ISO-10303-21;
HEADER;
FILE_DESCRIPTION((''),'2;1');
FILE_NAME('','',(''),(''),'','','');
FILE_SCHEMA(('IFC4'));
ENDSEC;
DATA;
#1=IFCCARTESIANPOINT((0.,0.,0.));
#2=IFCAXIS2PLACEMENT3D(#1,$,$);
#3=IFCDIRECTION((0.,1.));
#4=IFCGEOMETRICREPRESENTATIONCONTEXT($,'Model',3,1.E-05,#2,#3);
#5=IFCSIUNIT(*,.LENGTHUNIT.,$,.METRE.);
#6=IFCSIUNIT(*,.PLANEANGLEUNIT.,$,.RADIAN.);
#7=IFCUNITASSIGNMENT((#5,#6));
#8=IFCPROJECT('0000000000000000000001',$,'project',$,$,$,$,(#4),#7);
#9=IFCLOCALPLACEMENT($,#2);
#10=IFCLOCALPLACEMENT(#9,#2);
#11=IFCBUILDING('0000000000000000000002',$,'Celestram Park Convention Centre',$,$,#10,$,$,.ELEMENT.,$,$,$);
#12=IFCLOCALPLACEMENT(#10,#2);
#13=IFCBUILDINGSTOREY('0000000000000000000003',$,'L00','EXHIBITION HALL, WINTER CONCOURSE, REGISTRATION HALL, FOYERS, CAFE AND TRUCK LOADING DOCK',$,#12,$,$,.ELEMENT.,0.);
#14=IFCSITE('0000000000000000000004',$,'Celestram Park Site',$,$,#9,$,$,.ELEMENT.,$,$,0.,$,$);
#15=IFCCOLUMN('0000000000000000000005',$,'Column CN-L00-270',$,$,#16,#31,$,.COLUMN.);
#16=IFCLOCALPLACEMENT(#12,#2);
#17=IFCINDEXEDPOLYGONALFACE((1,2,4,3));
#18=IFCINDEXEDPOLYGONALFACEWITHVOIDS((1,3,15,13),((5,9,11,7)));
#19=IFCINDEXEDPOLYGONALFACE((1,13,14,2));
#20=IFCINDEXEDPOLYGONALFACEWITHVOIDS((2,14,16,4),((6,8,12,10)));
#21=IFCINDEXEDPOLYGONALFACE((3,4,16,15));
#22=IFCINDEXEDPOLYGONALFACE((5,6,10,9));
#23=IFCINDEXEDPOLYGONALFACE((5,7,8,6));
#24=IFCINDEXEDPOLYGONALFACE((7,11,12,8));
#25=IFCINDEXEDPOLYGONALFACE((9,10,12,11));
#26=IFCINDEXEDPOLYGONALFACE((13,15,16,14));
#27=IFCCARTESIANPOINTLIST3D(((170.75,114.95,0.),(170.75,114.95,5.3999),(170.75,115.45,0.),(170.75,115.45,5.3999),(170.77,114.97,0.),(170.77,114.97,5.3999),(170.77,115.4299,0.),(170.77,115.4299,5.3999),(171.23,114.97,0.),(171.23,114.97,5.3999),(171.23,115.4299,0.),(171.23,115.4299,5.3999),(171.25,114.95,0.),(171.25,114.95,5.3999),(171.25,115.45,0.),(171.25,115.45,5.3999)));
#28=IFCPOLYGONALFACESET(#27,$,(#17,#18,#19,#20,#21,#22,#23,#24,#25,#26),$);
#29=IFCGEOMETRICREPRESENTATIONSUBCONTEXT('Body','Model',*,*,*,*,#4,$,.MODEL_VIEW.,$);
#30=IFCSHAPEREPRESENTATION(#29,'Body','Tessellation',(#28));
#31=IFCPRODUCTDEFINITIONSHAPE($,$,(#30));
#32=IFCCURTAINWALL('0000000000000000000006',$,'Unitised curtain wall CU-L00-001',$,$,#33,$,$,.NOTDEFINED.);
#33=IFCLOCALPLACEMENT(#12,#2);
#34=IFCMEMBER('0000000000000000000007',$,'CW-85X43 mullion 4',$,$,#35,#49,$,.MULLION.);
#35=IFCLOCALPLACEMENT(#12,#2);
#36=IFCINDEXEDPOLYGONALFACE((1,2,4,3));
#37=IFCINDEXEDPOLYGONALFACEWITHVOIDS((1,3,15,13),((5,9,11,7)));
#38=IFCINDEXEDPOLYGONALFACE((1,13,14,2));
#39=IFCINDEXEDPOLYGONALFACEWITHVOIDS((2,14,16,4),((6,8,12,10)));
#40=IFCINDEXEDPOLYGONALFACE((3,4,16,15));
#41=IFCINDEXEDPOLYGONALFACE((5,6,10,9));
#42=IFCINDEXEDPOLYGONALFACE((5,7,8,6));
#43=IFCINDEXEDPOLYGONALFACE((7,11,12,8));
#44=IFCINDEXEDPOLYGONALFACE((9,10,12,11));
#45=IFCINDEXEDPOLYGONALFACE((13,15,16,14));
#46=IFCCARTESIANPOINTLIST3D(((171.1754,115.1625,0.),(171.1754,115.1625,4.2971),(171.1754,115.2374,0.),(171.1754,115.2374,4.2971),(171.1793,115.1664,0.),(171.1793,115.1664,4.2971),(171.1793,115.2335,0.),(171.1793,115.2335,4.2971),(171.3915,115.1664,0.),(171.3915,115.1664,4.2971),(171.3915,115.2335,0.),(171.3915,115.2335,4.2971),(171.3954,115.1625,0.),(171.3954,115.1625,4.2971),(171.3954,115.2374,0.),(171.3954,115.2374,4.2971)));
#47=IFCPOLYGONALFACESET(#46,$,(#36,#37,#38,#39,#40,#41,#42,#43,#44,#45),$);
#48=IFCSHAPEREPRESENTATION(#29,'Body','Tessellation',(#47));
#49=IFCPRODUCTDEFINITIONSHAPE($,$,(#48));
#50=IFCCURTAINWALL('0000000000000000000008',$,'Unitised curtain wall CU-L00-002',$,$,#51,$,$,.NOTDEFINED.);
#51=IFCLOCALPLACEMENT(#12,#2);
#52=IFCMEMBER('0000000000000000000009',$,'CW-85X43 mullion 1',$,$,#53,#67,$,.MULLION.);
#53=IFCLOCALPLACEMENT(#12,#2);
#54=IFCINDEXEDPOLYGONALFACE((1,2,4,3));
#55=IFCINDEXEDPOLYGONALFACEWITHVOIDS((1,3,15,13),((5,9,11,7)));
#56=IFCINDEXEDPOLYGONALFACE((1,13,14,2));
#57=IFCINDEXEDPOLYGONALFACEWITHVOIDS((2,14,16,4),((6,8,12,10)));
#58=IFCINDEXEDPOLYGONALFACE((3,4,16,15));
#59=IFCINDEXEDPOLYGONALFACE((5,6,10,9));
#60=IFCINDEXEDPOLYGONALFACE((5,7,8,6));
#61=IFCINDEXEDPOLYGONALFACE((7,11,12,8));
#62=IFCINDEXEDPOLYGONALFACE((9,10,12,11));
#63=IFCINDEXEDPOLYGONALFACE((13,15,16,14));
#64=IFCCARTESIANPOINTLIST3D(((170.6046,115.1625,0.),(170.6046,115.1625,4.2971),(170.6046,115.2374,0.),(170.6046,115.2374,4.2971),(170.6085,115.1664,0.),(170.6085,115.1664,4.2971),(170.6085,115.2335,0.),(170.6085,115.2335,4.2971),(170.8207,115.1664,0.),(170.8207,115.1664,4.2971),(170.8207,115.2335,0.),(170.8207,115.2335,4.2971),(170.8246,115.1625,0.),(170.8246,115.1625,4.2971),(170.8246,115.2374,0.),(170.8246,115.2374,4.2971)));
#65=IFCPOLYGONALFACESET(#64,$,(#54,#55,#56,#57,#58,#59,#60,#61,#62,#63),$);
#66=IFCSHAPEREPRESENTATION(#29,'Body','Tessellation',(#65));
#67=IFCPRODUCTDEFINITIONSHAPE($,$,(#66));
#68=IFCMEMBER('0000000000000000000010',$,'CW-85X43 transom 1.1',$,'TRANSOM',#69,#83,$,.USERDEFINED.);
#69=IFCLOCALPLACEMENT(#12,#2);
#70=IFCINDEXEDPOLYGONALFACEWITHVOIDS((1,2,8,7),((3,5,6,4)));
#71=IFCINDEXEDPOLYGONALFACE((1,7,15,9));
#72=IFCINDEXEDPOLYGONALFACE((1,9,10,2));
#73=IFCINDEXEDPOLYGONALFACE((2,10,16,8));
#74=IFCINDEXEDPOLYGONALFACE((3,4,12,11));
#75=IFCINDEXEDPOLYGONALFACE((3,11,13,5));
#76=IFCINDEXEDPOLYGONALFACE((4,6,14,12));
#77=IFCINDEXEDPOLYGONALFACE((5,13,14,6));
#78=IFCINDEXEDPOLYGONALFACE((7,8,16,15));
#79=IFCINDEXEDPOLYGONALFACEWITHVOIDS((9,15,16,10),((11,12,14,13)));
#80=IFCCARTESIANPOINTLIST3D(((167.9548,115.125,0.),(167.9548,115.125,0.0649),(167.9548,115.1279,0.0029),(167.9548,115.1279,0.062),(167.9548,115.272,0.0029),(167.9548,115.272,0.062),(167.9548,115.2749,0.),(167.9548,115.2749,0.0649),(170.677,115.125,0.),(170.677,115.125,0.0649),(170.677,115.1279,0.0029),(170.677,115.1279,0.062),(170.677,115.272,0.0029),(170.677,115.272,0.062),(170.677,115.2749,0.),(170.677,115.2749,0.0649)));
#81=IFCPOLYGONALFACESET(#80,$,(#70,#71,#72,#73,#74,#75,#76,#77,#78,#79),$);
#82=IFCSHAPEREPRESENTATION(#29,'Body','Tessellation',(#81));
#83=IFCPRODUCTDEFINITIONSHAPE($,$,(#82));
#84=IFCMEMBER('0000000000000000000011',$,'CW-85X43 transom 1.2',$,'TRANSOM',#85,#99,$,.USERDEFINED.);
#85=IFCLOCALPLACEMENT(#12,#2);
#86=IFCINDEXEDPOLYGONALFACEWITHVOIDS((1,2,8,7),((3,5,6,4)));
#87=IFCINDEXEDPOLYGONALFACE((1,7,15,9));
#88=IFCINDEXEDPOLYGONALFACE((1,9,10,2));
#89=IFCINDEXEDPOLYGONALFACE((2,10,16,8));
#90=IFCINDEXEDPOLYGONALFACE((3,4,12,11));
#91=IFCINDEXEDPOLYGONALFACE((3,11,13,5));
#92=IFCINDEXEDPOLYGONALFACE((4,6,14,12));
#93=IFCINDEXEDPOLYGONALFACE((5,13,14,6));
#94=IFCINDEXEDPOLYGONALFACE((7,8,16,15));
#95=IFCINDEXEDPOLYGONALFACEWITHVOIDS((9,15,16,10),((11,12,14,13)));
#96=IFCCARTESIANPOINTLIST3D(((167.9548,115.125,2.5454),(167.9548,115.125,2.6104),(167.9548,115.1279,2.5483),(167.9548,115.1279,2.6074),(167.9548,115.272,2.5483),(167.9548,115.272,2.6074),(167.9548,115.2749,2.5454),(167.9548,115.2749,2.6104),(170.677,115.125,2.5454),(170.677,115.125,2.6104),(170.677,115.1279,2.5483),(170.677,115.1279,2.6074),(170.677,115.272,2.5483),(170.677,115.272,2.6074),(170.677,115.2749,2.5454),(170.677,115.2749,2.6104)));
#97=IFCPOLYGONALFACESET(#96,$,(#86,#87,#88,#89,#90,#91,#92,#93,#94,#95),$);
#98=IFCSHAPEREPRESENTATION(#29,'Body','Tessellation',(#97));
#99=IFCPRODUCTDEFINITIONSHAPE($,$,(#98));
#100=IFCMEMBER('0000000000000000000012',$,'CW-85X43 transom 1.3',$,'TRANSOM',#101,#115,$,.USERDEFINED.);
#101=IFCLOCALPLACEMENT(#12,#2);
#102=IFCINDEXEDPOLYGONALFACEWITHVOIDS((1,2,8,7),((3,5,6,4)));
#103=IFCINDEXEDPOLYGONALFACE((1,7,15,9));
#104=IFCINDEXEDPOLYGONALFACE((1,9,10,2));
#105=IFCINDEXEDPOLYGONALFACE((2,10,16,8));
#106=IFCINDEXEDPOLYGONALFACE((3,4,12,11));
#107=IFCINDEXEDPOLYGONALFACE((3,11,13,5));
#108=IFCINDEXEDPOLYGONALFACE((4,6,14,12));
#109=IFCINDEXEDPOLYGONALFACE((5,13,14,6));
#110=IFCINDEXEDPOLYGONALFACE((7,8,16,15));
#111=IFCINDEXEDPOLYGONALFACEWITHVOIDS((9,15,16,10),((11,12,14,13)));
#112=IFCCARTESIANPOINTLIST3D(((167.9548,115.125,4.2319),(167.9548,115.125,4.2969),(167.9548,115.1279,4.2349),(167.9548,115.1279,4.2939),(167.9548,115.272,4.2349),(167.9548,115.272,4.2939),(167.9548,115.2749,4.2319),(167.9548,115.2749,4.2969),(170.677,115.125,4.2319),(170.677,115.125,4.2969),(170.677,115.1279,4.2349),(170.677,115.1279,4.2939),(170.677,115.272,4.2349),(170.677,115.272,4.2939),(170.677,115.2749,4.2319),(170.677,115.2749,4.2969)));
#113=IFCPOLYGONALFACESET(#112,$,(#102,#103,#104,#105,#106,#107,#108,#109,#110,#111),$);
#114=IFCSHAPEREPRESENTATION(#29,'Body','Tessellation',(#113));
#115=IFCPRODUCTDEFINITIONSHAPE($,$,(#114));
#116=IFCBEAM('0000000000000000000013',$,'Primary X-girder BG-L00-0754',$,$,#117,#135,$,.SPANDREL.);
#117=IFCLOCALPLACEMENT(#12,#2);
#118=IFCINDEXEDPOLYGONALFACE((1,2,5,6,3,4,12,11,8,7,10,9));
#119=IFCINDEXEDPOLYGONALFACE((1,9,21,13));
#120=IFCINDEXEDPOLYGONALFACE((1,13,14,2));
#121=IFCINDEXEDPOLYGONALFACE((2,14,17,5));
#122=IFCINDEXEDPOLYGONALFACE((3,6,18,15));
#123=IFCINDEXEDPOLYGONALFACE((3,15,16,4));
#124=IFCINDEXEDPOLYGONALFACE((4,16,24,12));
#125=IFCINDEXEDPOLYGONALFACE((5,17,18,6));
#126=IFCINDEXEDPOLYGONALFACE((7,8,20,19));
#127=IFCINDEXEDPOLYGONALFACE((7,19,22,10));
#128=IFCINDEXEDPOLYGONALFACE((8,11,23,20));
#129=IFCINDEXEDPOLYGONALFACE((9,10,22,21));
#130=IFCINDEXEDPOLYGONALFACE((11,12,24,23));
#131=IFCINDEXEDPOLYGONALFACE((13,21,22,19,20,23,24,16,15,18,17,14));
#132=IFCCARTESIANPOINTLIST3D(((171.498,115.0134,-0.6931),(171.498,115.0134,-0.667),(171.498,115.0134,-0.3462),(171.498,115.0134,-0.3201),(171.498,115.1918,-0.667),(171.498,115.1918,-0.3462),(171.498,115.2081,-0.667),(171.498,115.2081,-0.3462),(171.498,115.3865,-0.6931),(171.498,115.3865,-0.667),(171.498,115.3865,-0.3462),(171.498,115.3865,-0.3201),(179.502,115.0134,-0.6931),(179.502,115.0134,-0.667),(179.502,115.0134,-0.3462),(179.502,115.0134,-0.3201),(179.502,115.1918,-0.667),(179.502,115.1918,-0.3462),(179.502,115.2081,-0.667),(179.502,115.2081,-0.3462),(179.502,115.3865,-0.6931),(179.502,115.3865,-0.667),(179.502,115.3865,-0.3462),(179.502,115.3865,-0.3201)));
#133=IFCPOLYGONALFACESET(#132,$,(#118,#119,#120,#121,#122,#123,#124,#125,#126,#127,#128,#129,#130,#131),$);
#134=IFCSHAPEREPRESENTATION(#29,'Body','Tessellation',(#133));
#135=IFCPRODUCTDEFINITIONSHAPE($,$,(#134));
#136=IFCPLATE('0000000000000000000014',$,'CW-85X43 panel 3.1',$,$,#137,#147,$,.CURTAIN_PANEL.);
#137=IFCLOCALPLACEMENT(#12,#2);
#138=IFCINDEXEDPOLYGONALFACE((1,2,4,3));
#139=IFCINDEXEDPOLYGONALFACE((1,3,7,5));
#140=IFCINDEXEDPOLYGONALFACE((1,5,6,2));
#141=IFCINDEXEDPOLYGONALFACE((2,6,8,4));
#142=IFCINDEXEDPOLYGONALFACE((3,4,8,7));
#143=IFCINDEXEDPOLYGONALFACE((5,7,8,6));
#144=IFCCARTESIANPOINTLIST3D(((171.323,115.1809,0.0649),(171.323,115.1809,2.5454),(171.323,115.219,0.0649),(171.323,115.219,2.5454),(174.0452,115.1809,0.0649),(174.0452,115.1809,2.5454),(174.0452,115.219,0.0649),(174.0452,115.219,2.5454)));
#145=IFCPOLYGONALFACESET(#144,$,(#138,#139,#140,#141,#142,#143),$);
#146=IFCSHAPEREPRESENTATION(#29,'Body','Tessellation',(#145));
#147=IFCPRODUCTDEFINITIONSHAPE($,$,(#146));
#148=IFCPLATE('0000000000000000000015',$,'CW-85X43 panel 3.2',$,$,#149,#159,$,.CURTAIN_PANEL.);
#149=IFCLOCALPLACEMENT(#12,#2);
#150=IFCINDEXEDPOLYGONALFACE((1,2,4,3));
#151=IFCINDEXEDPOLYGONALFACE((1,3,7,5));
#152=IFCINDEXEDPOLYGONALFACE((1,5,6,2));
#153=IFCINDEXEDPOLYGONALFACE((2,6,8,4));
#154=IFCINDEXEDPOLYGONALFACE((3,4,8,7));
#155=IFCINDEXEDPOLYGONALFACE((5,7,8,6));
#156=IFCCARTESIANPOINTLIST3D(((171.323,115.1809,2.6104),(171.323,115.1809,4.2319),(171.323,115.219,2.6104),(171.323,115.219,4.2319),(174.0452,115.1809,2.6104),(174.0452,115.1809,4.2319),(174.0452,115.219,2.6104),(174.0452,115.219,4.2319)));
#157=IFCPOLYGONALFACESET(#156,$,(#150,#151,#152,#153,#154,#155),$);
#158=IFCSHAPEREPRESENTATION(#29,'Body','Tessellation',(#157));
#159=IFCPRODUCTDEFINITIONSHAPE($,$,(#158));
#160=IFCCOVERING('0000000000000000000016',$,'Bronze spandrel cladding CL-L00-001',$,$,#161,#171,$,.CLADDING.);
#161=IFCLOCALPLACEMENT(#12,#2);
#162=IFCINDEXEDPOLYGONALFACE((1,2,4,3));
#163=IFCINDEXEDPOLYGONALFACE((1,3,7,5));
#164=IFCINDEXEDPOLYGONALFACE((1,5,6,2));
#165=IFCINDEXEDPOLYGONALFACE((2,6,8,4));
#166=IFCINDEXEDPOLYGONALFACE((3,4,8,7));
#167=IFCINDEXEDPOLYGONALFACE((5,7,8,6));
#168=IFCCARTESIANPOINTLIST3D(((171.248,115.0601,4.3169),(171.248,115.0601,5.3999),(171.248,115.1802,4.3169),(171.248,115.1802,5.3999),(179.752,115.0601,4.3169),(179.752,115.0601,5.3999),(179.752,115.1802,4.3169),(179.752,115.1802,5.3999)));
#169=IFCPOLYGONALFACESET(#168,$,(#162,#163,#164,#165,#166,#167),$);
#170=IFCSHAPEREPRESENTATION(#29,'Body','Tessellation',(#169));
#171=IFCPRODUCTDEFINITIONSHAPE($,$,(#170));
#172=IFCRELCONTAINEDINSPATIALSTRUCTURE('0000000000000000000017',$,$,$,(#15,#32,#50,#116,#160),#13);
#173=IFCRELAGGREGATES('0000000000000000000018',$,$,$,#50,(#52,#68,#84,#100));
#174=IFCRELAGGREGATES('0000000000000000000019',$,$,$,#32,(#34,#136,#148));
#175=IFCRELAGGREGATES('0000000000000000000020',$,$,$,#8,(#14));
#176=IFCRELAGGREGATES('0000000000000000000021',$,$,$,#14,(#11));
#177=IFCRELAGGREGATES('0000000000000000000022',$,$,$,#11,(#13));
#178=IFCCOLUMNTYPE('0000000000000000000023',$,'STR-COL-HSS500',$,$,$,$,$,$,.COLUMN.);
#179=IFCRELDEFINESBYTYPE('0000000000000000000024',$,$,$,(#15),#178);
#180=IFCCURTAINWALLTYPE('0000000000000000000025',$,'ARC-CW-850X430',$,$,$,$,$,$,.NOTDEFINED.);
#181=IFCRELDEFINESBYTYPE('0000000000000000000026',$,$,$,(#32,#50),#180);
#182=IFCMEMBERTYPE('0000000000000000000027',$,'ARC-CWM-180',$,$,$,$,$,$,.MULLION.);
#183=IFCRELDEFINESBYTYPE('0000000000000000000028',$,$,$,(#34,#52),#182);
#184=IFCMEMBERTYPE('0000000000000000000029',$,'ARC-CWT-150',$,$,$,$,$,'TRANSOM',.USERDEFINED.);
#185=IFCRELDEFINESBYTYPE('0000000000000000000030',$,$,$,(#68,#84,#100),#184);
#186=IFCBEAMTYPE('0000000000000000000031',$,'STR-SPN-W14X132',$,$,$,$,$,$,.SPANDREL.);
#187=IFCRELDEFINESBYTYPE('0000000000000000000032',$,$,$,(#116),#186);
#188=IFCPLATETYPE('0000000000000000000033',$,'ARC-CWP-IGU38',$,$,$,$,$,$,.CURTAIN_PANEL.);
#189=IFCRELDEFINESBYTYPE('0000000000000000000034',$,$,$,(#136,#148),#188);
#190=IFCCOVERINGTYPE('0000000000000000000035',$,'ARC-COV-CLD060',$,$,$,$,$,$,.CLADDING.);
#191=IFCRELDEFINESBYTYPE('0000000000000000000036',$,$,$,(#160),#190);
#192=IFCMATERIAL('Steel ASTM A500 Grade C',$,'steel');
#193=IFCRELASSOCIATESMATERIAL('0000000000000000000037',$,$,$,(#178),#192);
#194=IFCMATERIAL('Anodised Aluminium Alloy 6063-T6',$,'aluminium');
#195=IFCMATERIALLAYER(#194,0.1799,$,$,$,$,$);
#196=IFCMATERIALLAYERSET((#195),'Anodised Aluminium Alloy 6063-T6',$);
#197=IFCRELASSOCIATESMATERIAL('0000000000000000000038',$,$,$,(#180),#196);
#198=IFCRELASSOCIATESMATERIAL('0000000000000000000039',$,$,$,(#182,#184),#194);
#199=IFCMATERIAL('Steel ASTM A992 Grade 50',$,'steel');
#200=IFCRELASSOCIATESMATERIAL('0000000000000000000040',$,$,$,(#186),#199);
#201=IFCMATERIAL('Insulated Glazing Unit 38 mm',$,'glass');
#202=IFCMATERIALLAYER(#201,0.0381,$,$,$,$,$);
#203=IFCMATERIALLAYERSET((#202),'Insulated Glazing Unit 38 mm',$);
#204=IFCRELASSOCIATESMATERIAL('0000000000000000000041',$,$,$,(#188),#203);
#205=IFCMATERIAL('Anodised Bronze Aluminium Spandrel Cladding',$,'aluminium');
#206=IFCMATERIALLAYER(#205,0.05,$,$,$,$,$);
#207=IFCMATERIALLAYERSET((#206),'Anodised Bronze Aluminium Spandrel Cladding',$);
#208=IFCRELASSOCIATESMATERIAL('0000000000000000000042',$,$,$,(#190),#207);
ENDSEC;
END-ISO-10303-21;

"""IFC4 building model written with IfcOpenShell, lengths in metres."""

from ifc_helpers import new_model, si_unit, direction, frame, origin, origin_2d, place, context, subcontext, project, spatial, rectangle, hollow_rectangle, i_section, extrude, material, layer, layer_set, material_profile, profile_set, type_object, element, aggregate, save


model = new_model("IFC4")

# Units and contexts
model_context = context("Model", 3, precision=1e-05, world=origin(), true_north=direction((0.0, 1.0)))
body_context = subcontext(model_context, "Body", "Model", "MODEL_VIEW")
ifc_project = project(units=[si_unit("LENGTHUNIT", "METRE"), si_unit("PLANEANGLEUNIT", "RADIAN")], contexts=[model_context])

# Site, building, storey
site_placement = place(None, origin())
site = spatial("IfcSite", under=ifc_project, at=site_placement, Name="Celestram Park Site", CompositionType="ELEMENT", RefElevation=0.0)
building_placement = place(site_placement, origin())
building = spatial("IfcBuilding", under=site, at=building_placement, Name="Celestram Park Convention Centre", CompositionType="ELEMENT")
storey_placement = place(building_placement, origin())
storey = spatial("IfcBuildingStorey", under=building, at=storey_placement, Name="L00", Description="EXHIBITION HALL, WINTER CONCOURSE, REGISTRATION HALL, FOYERS, CAFE AND TRUCK LOADING DOCK", CompositionType="ELEMENT", Elevation=0.0)

# Column
ifc_material_1 = material(Name="Steel ASTM A500 Grade C", Category="steel")
ifc_material_profile_1 = material_profile(ifc_material_1, hollow_rectangle(XDim=0.5, YDim=0.5, WallThickness=0.02, at=origin_2d()), Name="HSS500X500X20")
ifc_profile_set_1 = profile_set([ifc_material_profile_1], Name="Steel ASTM A500 Grade C")
column_type = type_object("IfcColumnType", Name="STR-COL-HSS500", PredefinedType="COLUMN", material=ifc_profile_set_1)
column_placement = place(storey_placement, frame((171.0, 115.2, 0.0), z_axis=(0.0, 0.0, 1.0), x_axis=(1.0, 0.0, 0.0)))
element("IfcColumn", 1, at=column_placement, inside=storey, type_object=column_type, Name="Column CN-L00-270", PredefinedType="COLUMN", context=body_context, shape_type="SweptSolid", body=[
    extrude(hollow_rectangle(XDim=0.5, YDim=0.5, WallThickness=0.02, at=origin_2d()), origin(), (0.0, 0.0, 1.0), 5.3999),
])

# Curtain wall, member
ifc_material_2 = material(Name="Anodised Aluminium Alloy 6063-T6", Category="aluminium")
ifc_layer_1 = layer(ifc_material_2, 0.1799)
ifc_layer_set_1 = layer_set([ifc_layer_1], Name="Anodised Aluminium Alloy 6063-T6")
curtain_wall_type = type_object("IfcCurtainWallType", Name="ARC-CW-850X430", PredefinedType="NOTDEFINED", material=ifc_layer_set_1)
curtain_wall_1_placement = place(storey_placement, origin())
curtain_wall_1 = element("IfcCurtainWall", 2, at=curtain_wall_1_placement, inside=storey, type_object=curtain_wall_type, Name="Unitised curtain wall CU-L00-001", PredefinedType="NOTDEFINED")
ifc_material_profile_2 = material_profile(ifc_material_2, hollow_rectangle(XDim=0.075, YDim=0.22, WallThickness=0.0039, at=origin_2d()), Name="ALU75X220X4")
ifc_profile_set_2 = profile_set([ifc_material_profile_2], Name="Anodised Aluminium Alloy 6063-T6")
member_type_1 = type_object("IfcMemberType", Name="ARC-CWM-180", PredefinedType="MULLION", material=ifc_profile_set_2)
member_1_placement = place(storey_placement, frame((171.2854, 115.2, 0.0), z_axis=(0.0, 0.0, 1.0), x_axis=(0.0, -1.0, 0.0)))
member_1 = element("IfcMember", 3, at=member_1_placement, type_object=member_type_1, Name="CW-85X43 mullion 4", PredefinedType="MULLION", context=body_context, shape_type="SweptSolid", body=[
    extrude(hollow_rectangle(XDim=0.075, YDim=0.22, WallThickness=0.0039, at=origin_2d()), origin(), (0.0, 0.0, 1.0), 4.2971),
])

# Curtain wall, members
curtain_wall_2_placement = place(storey_placement, origin())
curtain_wall_2 = element("IfcCurtainWall", 4, at=curtain_wall_2_placement, inside=storey, type_object=curtain_wall_type, Name="Unitised curtain wall CU-L00-002", PredefinedType="NOTDEFINED")
member_2_placement = place(storey_placement, frame((170.7146, 115.2, 0.0), z_axis=(0.0, 0.0, 1.0), x_axis=(0.0, -1.0, 0.0)))
member_2 = element("IfcMember", 5, at=member_2_placement, type_object=member_type_1, Name="CW-85X43 mullion 1", PredefinedType="MULLION", context=body_context, shape_type="SweptSolid", body=[
    extrude(hollow_rectangle(XDim=0.075, YDim=0.22, WallThickness=0.0039, at=origin_2d()), origin(), (0.0, 0.0, 1.0), 4.2971),
])
ifc_material_profile_3 = material_profile(ifc_material_2, hollow_rectangle(XDim=0.1499, YDim=0.0649, WallThickness=0.0029, at=origin_2d()), Name="ALU150X65X3")
ifc_profile_set_3 = profile_set([ifc_material_profile_3], Name="Anodised Aluminium Alloy 6063-T6")
member_type_2 = type_object("IfcMemberType", Name="ARC-CWT-150", ElementType="TRANSOM", PredefinedType="USERDEFINED", material=ifc_profile_set_3)
member_3_placement = place(storey_placement, frame((170.677, 115.2, 0.0325), z_axis=(-1.0, 0.0, 0.0), x_axis=(0.0, -1.0, 0.0)))
member_3 = element("IfcMember", 6, at=member_3_placement, type_object=member_type_2, Name="CW-85X43 transom 1.1", ObjectType="TRANSOM", PredefinedType="USERDEFINED", context=body_context, shape_type="SweptSolid", body=[
    extrude(hollow_rectangle(XDim=0.1499, YDim=0.0649, WallThickness=0.0029, at=origin_2d()), origin(), (0.0, 0.0, 1.0), 2.7222),
])
member_4_placement = place(storey_placement, frame((170.677, 115.2, 2.5779), z_axis=(-1.0, 0.0, 0.0), x_axis=(0.0, -1.0, 0.0)))
member_4 = element("IfcMember", 7, at=member_4_placement, type_object=member_type_2, Name="CW-85X43 transom 1.2", ObjectType="TRANSOM", PredefinedType="USERDEFINED", context=body_context, shape_type="SweptSolid", body=[
    extrude(hollow_rectangle(XDim=0.1499, YDim=0.0649, WallThickness=0.0029, at=origin_2d()), origin(), (0.0, 0.0, 1.0), 2.7222),
])
member_5_placement = place(storey_placement, frame((170.677, 115.2, 4.2644), z_axis=(-1.0, 0.0, 0.0), x_axis=(0.0, -1.0, 0.0)))
member_5 = element("IfcMember", 8, at=member_5_placement, type_object=member_type_2, Name="CW-85X43 transom 1.3", ObjectType="TRANSOM", PredefinedType="USERDEFINED", context=body_context, shape_type="SweptSolid", body=[
    extrude(hollow_rectangle(XDim=0.1499, YDim=0.0649, WallThickness=0.0029, at=origin_2d()), origin(), (0.0, 0.0, 1.0), 2.7222),
])
aggregate(curtain_wall_2, [member_2, member_3, member_4, member_5])

# Beam
ifc_material_3 = material(Name="Steel ASTM A992 Grade 50", Category="steel")
ifc_material_profile_4 = material_profile(ifc_material_3, i_section(OverallWidth=0.373, OverallDepth=0.373, WebThickness=0.0164, FlangeThickness=0.0261, at=origin_2d()), Name="W14X132")
ifc_profile_set_4 = profile_set([ifc_material_profile_4], Name="Steel ASTM A992 Grade 50")
beam_type = type_object("IfcBeamType", Name="STR-SPN-W14X132", PredefinedType="SPANDREL", material=ifc_profile_set_4)
beam_placement = place(storey_placement, frame((171.498, 115.2, -0.5066), z_axis=(1.0, 0.0, 0.0), x_axis=(0.0, 1.0, 0.0)))
element("IfcBeam", 9, at=beam_placement, inside=storey, type_object=beam_type, Name="Primary X-girder BG-L00-0754", PredefinedType="SPANDREL", context=body_context, shape_type="SweptSolid", body=[
    extrude(i_section(OverallWidth=0.373, OverallDepth=0.373, WebThickness=0.0164, FlangeThickness=0.0261, at=origin_2d()), origin(), (0.0, 0.0, 1.0), 8.0039),
])

# Plates
ifc_material_4 = material(Name="Insulated Glazing Unit 38 mm", Category="glass")
ifc_layer_2 = layer(ifc_material_4, 0.0381)
ifc_layer_set_2 = layer_set([ifc_layer_2], Name="Insulated Glazing Unit 38 mm")
plate_type = type_object("IfcPlateType", Name="ARC-CWP-IGU38", PredefinedType="CURTAIN_PANEL", material=ifc_layer_set_2)
plate_1_placement = place(storey_placement, frame((172.6841, 115.2, 0.0649), z_axis=(0.0, 0.0, 1.0), x_axis=(-1.0, 0.0, 0.0)))
plate_1 = element("IfcPlate", 10, at=plate_1_placement, type_object=plate_type, Name="CW-85X43 panel 3.1", PredefinedType="CURTAIN_PANEL", context=body_context, shape_type="SweptSolid", body=[
    extrude(rectangle(XDim=2.7222, YDim=0.0381, at=origin_2d()), origin(), (0.0, 0.0, 1.0), 2.4805),
])
plate_2_placement = place(storey_placement, frame((172.6841, 115.2, 2.6104), z_axis=(0.0, 0.0, 1.0), x_axis=(-1.0, 0.0, 0.0)))
plate_2 = element("IfcPlate", 11, at=plate_2_placement, type_object=plate_type, Name="CW-85X43 panel 3.2", PredefinedType="CURTAIN_PANEL", context=body_context, shape_type="SweptSolid", body=[
    extrude(rectangle(XDim=2.7222, YDim=0.0381, at=origin_2d()), origin(), (0.0, 0.0, 1.0), 1.6216),
])
aggregate(curtain_wall_1, [member_1, plate_1, plate_2])

# Covering
ifc_material_5 = material(Name="Anodised Bronze Aluminium Spandrel Cladding", Category="aluminium")
ifc_layer_3 = layer(ifc_material_5, 0.05)
ifc_layer_set_3 = layer_set([ifc_layer_3], Name="Anodised Bronze Aluminium Spandrel Cladding")
covering_type_1 = type_object("IfcCoveringType", Name="ARC-COV-CLD060", PredefinedType="CLADDING", material=ifc_layer_set_3)
covering_1_placement = place(storey_placement, frame((175.5, 115.1201, 4.3169), z_axis=(0.0, 0.0, 1.0), x_axis=(-1.0, 0.0, 0.0)))
element("IfcCovering", 12, at=covering_1_placement, inside=storey, type_object=covering_type_1, Name="Bronze spandrel cladding CL-L00-001", PredefinedType="CLADDING", context=body_context, shape_type="SweptSolid", body=[
    extrude(rectangle(XDim=8.5039, YDim=0.1201, at=origin_2d()), origin(), (0.0, 0.0, 1.0), 1.083),
])

save(model, "model.ifc")
